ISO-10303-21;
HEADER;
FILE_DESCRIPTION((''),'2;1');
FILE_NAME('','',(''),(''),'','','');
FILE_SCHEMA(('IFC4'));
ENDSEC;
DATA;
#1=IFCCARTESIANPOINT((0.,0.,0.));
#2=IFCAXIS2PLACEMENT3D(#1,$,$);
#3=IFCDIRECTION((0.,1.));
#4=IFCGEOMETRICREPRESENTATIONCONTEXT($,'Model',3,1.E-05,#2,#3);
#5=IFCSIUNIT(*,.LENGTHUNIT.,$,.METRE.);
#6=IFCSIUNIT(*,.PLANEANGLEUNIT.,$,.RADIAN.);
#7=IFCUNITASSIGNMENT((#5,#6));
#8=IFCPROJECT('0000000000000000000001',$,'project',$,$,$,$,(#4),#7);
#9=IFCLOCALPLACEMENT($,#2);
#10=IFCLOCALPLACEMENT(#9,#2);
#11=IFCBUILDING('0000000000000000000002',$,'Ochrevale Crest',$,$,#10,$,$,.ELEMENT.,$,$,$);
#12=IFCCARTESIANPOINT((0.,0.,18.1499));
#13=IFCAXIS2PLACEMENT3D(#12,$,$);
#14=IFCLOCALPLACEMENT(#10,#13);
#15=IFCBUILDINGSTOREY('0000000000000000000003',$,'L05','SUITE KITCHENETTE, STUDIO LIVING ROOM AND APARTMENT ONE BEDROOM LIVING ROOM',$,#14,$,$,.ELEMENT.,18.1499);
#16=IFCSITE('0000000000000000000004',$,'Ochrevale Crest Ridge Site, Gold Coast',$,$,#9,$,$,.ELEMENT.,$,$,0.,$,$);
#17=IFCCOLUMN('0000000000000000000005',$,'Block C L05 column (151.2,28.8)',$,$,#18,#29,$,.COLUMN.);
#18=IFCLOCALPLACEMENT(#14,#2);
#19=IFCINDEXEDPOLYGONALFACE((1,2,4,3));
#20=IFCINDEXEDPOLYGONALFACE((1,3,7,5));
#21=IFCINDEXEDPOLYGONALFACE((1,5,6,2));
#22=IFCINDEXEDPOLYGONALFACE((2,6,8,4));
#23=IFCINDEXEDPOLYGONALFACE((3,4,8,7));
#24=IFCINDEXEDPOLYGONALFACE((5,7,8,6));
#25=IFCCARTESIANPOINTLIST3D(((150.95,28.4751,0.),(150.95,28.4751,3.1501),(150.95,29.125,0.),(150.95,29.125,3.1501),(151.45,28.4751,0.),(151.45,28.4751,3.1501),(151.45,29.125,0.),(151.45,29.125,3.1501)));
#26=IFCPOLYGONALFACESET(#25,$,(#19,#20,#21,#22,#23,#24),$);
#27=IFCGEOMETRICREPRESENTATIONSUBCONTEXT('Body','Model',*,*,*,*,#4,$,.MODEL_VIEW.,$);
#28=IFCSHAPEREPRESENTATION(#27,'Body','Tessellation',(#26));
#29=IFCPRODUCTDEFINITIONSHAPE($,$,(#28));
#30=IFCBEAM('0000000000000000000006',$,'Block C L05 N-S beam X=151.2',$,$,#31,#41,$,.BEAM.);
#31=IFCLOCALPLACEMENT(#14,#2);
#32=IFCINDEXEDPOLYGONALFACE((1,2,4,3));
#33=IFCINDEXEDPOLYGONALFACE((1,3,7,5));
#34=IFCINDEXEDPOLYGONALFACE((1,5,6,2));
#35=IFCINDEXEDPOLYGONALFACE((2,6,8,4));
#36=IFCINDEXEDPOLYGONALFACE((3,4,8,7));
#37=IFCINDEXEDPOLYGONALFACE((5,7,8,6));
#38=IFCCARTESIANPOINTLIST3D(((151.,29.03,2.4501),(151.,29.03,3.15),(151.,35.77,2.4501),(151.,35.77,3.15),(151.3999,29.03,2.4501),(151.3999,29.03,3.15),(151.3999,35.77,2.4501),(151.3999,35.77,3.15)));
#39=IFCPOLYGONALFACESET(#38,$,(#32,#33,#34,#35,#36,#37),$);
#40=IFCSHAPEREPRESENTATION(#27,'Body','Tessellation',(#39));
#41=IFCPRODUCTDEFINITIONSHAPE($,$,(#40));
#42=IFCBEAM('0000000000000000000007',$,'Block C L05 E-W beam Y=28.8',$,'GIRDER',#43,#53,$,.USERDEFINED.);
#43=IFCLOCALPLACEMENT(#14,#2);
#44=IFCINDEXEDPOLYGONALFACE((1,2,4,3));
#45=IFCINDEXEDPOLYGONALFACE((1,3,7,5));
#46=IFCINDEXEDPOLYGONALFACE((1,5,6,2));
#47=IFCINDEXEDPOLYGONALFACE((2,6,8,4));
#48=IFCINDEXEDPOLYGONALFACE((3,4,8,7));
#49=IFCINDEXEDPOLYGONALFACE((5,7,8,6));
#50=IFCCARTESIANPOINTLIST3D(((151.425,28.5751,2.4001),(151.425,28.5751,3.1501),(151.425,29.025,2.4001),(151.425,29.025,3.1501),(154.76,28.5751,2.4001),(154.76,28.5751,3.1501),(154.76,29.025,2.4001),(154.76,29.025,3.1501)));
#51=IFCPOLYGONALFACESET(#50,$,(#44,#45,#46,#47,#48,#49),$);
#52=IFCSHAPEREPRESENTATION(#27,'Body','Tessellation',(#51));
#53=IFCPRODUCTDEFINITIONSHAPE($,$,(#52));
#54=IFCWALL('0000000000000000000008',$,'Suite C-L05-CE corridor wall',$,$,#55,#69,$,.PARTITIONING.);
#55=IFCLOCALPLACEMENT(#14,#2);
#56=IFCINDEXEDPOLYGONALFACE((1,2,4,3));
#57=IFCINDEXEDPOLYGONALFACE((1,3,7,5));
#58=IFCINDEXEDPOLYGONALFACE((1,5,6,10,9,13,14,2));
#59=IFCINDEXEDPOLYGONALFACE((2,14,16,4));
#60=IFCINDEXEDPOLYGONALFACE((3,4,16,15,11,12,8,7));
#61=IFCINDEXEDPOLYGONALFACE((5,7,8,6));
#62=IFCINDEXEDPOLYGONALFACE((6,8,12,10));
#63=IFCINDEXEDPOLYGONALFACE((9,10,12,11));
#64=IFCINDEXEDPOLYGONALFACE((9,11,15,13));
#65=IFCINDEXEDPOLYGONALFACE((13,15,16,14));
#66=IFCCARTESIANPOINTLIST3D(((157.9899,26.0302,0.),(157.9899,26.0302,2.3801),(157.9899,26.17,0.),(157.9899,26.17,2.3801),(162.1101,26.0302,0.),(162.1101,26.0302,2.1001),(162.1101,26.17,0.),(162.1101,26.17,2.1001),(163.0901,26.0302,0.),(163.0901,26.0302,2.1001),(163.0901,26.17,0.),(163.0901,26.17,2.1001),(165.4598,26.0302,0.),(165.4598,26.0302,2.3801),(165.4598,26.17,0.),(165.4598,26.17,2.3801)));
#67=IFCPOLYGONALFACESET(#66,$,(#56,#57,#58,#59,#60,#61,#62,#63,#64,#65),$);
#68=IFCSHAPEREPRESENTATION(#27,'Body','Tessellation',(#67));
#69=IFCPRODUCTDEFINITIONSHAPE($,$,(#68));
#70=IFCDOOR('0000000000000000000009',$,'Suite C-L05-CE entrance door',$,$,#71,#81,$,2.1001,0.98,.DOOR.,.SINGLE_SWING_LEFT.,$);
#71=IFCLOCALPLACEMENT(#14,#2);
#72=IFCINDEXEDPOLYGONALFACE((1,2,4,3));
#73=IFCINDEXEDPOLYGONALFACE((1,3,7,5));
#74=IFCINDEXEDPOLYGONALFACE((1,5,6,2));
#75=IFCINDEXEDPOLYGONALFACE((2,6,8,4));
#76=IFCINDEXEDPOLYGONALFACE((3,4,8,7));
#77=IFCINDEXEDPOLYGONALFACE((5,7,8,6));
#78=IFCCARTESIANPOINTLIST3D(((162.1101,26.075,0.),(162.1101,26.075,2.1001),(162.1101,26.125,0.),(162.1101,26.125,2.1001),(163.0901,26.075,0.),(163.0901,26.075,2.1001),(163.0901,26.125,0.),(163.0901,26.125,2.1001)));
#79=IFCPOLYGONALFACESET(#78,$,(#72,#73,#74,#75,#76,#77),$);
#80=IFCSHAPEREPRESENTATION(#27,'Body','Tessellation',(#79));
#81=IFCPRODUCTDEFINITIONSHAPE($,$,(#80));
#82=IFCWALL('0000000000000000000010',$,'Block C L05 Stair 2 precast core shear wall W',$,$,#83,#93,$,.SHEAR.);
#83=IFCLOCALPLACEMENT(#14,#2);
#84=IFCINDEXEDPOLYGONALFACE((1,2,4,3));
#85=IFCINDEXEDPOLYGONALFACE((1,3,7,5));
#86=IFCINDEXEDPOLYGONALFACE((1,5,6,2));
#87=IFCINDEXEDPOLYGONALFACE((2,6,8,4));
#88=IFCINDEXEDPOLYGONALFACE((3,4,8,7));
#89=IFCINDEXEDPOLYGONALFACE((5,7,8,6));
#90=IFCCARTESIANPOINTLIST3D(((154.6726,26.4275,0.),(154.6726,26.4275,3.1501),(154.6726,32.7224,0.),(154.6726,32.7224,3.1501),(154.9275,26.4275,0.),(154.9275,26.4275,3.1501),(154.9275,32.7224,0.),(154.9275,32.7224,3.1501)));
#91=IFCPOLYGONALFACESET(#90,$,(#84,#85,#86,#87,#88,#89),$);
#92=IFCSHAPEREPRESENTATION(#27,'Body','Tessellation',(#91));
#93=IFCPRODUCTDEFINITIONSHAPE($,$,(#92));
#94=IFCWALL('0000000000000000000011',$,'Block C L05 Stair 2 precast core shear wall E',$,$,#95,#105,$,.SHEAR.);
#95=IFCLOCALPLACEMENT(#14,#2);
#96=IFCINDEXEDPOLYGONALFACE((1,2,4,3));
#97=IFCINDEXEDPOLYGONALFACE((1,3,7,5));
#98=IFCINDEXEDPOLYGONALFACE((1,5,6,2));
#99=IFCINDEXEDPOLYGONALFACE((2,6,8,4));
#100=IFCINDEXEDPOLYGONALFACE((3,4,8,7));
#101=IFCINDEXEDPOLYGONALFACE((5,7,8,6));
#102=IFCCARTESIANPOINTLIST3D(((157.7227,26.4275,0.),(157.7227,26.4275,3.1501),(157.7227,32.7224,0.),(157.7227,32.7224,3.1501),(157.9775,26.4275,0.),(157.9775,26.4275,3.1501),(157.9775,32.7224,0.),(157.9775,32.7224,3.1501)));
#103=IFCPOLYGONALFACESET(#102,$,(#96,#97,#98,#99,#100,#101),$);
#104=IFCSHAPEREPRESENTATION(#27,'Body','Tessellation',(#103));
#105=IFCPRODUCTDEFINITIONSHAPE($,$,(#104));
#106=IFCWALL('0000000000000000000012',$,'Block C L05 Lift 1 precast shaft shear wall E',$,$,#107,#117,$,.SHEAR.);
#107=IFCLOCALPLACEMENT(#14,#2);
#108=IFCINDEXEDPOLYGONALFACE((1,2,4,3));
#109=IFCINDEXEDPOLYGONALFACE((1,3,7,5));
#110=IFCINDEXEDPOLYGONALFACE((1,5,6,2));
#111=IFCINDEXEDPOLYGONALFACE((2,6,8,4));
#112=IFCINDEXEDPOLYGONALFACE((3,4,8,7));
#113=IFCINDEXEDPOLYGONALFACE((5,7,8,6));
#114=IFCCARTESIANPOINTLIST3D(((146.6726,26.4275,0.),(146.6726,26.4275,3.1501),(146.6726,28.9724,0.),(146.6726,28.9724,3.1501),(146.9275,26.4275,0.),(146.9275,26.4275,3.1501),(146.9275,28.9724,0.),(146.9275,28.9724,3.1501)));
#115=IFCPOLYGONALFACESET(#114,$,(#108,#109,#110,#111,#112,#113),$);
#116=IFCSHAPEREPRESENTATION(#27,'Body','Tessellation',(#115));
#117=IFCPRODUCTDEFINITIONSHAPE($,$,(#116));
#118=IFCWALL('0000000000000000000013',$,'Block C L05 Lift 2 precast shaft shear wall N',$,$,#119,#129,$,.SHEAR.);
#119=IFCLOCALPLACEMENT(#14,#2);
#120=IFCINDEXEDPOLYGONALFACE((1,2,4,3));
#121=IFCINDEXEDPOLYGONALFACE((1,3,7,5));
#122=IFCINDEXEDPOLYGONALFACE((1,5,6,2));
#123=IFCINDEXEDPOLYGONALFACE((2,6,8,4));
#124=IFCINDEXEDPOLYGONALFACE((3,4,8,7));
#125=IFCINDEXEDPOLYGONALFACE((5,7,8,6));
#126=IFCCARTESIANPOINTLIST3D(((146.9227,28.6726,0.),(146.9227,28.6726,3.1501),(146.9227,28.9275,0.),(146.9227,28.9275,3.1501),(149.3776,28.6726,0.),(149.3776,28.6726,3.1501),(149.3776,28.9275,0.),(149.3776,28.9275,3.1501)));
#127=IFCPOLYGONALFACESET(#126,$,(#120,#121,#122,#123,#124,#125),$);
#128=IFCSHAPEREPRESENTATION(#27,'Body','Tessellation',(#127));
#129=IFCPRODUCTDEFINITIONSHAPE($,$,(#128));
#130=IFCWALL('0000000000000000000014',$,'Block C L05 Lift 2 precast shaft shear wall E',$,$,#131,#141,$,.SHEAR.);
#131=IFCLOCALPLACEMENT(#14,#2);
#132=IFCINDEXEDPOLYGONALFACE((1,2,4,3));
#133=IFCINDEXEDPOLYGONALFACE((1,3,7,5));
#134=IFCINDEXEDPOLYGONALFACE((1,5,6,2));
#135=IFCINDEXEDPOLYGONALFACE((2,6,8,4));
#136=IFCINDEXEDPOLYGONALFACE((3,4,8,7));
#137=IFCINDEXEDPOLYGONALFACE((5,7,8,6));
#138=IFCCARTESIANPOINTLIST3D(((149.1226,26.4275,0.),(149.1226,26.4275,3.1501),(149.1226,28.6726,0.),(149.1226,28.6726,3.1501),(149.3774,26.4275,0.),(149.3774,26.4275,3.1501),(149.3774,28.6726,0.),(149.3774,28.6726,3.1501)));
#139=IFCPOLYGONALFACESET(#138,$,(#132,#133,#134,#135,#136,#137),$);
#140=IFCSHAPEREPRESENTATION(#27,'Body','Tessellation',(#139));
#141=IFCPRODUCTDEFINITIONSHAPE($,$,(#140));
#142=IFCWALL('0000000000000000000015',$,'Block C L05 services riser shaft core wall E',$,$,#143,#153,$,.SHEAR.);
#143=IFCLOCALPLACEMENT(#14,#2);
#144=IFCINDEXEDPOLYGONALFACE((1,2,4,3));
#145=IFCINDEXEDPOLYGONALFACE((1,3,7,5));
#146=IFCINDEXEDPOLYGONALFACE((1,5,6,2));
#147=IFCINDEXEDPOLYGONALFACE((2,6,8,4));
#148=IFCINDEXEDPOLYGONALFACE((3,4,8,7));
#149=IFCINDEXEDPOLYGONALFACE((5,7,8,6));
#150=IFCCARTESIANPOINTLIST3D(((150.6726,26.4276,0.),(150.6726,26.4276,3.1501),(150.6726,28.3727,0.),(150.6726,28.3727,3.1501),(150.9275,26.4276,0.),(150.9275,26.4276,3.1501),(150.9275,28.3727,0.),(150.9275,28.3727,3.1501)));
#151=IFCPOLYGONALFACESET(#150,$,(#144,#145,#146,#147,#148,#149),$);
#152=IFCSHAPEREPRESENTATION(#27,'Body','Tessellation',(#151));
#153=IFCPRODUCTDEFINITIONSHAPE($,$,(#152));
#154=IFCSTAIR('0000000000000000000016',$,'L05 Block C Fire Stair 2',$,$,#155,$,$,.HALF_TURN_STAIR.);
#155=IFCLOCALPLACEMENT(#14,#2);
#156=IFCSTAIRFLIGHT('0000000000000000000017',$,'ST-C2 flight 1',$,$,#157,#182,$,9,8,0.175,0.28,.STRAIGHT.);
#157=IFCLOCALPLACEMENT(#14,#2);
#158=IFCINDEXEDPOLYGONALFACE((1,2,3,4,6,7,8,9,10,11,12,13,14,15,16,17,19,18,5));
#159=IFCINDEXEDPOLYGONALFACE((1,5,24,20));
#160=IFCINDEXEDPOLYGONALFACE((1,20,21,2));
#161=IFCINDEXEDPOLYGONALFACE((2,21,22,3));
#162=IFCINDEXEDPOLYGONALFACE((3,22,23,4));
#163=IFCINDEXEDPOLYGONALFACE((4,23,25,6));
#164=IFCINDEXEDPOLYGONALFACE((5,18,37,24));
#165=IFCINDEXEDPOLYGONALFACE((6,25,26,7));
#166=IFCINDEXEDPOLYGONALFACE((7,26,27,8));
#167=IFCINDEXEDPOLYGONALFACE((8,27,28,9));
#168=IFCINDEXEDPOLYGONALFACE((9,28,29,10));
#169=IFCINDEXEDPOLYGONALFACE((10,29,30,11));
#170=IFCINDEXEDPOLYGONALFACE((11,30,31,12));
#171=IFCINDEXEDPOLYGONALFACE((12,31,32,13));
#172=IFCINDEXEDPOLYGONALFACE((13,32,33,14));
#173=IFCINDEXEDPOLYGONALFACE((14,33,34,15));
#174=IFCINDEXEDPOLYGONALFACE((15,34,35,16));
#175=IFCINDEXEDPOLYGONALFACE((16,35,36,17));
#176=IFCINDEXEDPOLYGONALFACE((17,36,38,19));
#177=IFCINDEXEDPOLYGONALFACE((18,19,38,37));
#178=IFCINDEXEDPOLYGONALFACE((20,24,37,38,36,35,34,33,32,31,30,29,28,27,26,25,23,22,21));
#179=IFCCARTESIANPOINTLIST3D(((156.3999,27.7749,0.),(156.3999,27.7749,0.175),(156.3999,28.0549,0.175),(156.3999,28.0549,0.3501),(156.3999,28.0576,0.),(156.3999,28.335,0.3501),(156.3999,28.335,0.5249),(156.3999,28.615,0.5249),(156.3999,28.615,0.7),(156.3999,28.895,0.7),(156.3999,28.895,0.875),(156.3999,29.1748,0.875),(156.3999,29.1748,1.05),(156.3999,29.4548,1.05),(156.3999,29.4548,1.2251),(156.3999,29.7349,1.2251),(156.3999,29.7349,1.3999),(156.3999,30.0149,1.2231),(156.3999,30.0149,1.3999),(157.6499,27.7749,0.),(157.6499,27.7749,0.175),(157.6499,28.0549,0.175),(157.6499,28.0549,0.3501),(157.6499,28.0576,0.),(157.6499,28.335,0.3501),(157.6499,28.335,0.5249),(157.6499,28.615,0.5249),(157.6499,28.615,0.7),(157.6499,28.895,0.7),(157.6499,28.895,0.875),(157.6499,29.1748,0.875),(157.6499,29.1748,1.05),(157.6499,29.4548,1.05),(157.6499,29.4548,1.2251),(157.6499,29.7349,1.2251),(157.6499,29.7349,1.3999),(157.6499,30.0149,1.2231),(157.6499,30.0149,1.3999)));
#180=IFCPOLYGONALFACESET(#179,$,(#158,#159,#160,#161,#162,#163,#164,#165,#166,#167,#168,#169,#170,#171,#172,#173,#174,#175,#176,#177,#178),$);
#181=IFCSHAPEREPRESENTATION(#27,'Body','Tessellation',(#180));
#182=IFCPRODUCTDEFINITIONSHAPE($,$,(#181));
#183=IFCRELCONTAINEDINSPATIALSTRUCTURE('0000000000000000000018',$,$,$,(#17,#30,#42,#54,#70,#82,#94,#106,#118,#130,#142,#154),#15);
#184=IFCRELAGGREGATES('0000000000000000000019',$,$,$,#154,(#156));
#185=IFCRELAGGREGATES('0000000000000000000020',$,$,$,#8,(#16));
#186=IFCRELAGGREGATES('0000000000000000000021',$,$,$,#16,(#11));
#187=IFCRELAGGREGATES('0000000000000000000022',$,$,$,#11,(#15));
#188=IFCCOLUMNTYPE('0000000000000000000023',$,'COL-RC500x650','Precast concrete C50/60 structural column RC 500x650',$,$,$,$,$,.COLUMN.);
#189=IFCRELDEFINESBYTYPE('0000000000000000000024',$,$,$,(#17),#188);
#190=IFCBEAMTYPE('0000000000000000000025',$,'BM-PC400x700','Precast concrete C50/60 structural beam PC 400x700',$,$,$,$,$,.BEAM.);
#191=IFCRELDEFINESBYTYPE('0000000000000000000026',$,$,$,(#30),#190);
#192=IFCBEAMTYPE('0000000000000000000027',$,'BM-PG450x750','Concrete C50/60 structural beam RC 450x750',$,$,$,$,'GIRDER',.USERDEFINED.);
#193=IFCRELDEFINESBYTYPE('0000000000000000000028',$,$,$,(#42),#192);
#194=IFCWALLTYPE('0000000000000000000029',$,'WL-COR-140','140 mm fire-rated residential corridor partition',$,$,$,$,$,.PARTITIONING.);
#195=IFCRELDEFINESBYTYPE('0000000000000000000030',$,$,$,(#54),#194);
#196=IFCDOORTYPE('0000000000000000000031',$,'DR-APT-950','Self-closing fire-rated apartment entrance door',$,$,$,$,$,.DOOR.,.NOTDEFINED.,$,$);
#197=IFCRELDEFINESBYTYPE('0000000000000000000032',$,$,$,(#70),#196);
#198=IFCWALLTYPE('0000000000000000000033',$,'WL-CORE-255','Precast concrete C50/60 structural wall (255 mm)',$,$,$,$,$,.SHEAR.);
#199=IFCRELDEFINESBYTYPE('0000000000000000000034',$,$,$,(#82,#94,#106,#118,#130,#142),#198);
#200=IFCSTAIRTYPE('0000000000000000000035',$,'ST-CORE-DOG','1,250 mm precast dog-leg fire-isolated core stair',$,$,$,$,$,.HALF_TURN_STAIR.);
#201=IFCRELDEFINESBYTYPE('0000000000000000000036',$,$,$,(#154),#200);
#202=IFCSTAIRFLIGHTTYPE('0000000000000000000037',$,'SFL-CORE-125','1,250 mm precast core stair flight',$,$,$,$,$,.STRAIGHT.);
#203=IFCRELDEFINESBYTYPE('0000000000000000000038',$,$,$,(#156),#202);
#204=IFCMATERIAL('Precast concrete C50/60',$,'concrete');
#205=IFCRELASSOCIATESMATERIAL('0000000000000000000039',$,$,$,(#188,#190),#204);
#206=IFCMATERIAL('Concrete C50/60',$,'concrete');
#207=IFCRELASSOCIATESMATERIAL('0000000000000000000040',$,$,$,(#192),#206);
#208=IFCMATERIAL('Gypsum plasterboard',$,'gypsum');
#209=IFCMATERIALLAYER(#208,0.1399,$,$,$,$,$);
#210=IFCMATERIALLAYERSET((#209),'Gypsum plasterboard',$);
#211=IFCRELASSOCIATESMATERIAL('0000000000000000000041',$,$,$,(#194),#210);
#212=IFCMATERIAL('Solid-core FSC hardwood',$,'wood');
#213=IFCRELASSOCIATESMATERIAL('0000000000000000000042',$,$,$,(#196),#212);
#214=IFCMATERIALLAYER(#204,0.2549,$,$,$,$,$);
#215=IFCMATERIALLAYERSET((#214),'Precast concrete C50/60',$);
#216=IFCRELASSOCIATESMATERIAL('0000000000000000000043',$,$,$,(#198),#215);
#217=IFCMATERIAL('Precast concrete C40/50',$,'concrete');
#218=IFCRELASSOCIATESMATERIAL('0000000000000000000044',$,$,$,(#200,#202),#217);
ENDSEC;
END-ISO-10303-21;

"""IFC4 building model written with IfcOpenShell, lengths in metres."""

from ifc_helpers import new_model, si_unit, direction, frame, frame_2d, origin, origin_2d, place, context, subcontext, project, spatial, polyline, rectangle, outline, extrude, material, layer, layer_set, material_profile, profile_set, type_object, element, fill, aggregate, save


model = new_model("IFC4")

# Units and contexts
model_context = context("Model", 3, precision=1e-05, world=origin(), true_north=direction((0.0, 1.0)))
body_context = subcontext(model_context, "Body", "Model", "MODEL_VIEW")
ifc_project = project(units=[si_unit("LENGTHUNIT", "METRE"), si_unit("PLANEANGLEUNIT", "RADIAN")], contexts=[model_context])

# Site, building, storey
site_placement = place(None, origin())
site = spatial("IfcSite", under=ifc_project, at=site_placement, Name="Ochrevale Crest Ridge Site, Gold Coast", CompositionType="ELEMENT", RefElevation=0.0)
building_placement = place(site_placement, origin())
building = spatial("IfcBuilding", under=site, at=building_placement, Name="Ochrevale Crest", CompositionType="ELEMENT")
storey_placement = place(building_placement, frame((0.0, 0.0, 18.1499)))
storey = spatial("IfcBuildingStorey", under=building, at=storey_placement, Name="L05", Description="SUITE KITCHENETTE, STUDIO LIVING ROOM AND APARTMENT ONE BEDROOM LIVING ROOM", CompositionType="ELEMENT", Elevation=18.1499)

# Column
ifc_material_1 = material(Name="Precast concrete C50/60", Category="concrete")
ifc_material_profile_1 = material_profile(ifc_material_1, rectangle(XDim=0.5, YDim=0.6499, at=origin_2d()), Name="RC 500x650")
ifc_profile_set_1 = profile_set([ifc_material_profile_1], Name="Precast concrete C50/60")
column_type = type_object("IfcColumnType", Name="COL-RC500x650", Description="Precast concrete C50/60 structural column RC 500x650", PredefinedType="COLUMN", material=ifc_profile_set_1)
column_placement = place(storey_placement, frame((151.2, 28.8, 0.0), z_axis=(0.0, 0.0, 1.0), x_axis=(1.0, 0.0, 0.0)))
element("IfcColumn", 1, at=column_placement, inside=storey, type_object=column_type, Name="Block C L05 column (151.2,28.8)", PredefinedType="COLUMN", context=body_context, shape_type="SweptSolid", body=[
    extrude(rectangle(XDim=0.5, YDim=0.6499, at=origin_2d()), origin(), (0.0, 0.0, 1.0), 3.1501),
])

# Beams
ifc_material_profile_2 = material_profile(ifc_material_1, rectangle(XDim=0.3999, YDim=0.7, at=origin_2d()), Name="PC 400x700")
ifc_profile_set_2 = profile_set([ifc_material_profile_2], Name="Precast concrete C50/60")
beam_type_1 = type_object("IfcBeamType", Name="BM-PC400x700", Description="Precast concrete C50/60 structural beam PC 400x700", PredefinedType="BEAM", material=ifc_profile_set_2)
beam_1_placement = place(storey_placement, frame((151.2, 29.03, 2.8), z_axis=(0.0, 1.0, 0.0), x_axis=(-1.0, 0.0, 0.0)))
element("IfcBeam", 2, at=beam_1_placement, inside=storey, type_object=beam_type_1, Name="Block C L05 N-S beam X=151.2", PredefinedType="BEAM", context=body_context, shape_type="SweptSolid", body=[
    extrude(rectangle(XDim=0.3999, YDim=0.7, at=origin_2d()), origin(), (0.0, 0.0, 1.0), 6.74),
])
ifc_material_2 = material(Name="Concrete C50/60", Category="concrete")
ifc_material_profile_3 = material_profile(ifc_material_2, rectangle(XDim=0.45, YDim=0.75, at=origin_2d()), Name="RC 450x750")
ifc_profile_set_3 = profile_set([ifc_material_profile_3], Name="Concrete C50/60")
beam_type_2 = type_object("IfcBeamType", Name="BM-PG450x750", Description="Concrete C50/60 structural beam RC 450x750", ElementType="GIRDER", PredefinedType="USERDEFINED", material=ifc_profile_set_3)
beam_2_placement = place(storey_placement, frame((151.425, 28.8, 2.7751), z_axis=(1.0, 0.0, 0.0), x_axis=(0.0, 1.0, 0.0)))
element("IfcBeam", 3, at=beam_2_placement, inside=storey, type_object=beam_type_2, Name="Block C L05 E-W beam Y=28.8", ObjectType="GIRDER", PredefinedType="USERDEFINED", context=body_context, shape_type="SweptSolid", body=[
    extrude(rectangle(XDim=0.45, YDim=0.75, at=origin_2d()), origin(), (0.0, 0.0, 1.0), 3.335),
])

# Wall, opening, door
ifc_material_3 = material(Name="Gypsum plasterboard", Category="gypsum")
ifc_layer_1 = layer(ifc_material_3, 0.1399)
ifc_layer_set_1 = layer_set([ifc_layer_1], Name="Gypsum plasterboard")
wall_type_1 = type_object("IfcWallType", Name="WL-COR-140", Description="140 mm fire-rated residential corridor partition", PredefinedType="PARTITIONING", material=ifc_layer_set_1)
wall_1_placement = place(storey_placement, frame((157.99, 26.1001, 0.0), z_axis=(0.0, 0.0, 1.0), x_axis=(1.0, 0.0, 0.0)))
wall_1 = element("IfcWall", 4, at=wall_1_placement, inside=storey, type_object=wall_type_1, Name="Suite C-L05-CE corridor wall", PredefinedType="PARTITIONING", context=body_context, shape_type="SweptSolid", body=[
    extrude(rectangle(XDim=7.47, YDim=0.1399, at=frame_2d((3.7349, 0.0))), origin(), (0.0, 0.0, 1.0), 2.3801),
])
opening_1_placement = place(wall_1_placement, frame((4.1201, 0.0, 0.0)))
opening_1 = element("IfcOpeningElement", 5, at=opening_1_placement, cuts=wall_1, PredefinedType="OPENING", context=body_context, shape_type="SweptSolid", body=[
    extrude(rectangle(XDim=0.98, YDim=2.1001, at=frame_2d((0.49, 1.05))), frame((0.0, 0.0801, 0.0), z_axis=(0.0, -1.0, 0.0), x_axis=(1.0, 0.0, 0.0)), (0.0, 0.0, 1.0), 0.1599),
])
ifc_material_4 = material(Name="Solid-core FSC hardwood", Category="wood")
door_type_1 = type_object("IfcDoorType", Name="DR-APT-950", Description="Self-closing fire-rated apartment entrance door", OperationType="NOTDEFINED", PredefinedType="DOOR", material=ifc_material_4)
door_1_placement = place(opening_1_placement, origin())
door_1 = element("IfcDoor", 6, at=door_1_placement, inside=storey, type_object=door_type_1, Name="Suite C-L05-CE entrance door", OperationType="SINGLE_SWING_LEFT", OverallHeight=2.1001, OverallWidth=0.98, PredefinedType="DOOR", context=body_context, shape_type="SweptSolid", body=[
    extrude(rectangle(XDim=0.98, YDim=2.1001, at=frame_2d((0.49, 1.05))), frame((0.0, 0.0249, 0.0), z_axis=(0.0, -1.0, 0.0), x_axis=(1.0, 0.0, 0.0)), (0.0, 0.0, 1.0), 0.05),
])
fill(opening_1, door_1)
ifc_layer_2 = layer(ifc_material_1, 0.2549)
ifc_layer_set_2 = layer_set([ifc_layer_2], Name="Precast concrete C50/60")
wall_type_2 = type_object("IfcWallType", Name="WL-CORE-255", Description="Precast concrete C50/60 structural wall (255 mm)", PredefinedType="SHEAR", material=ifc_layer_set_2)

# Walls
for number, where, z_axis, x_axis, name in (
    (7, (154.8, 26.4275, 0.0), (0.0, 0.0, 1.0), (0.0, 1.0, 0.0), "Block C L05 Stair 2 precast core shear wall W"),
    (8, (157.8501, 26.4275, 0.0), (0.0, 0.0, 1.0), (0.0, 1.0, 0.0), "Block C L05 Stair 2 precast core shear wall E"),
):
    element("IfcWall", number, at=place(storey_placement, frame(where, z_axis=z_axis, x_axis=x_axis)), inside=storey, type_object=wall_type_2, Name=name, PredefinedType="SHEAR", context=body_context, shape_type="SweptSolid", body=[
        extrude(rectangle(XDim=6.2949, YDim=0.2549, at=frame_2d((3.1475, 0.0))), origin(), (0.0, 0.0, 1.0), 3.1501),
    ])
wall_2_placement = place(storey_placement, frame((146.8, 26.4275, 0.0), z_axis=(0.0, 0.0, 1.0), x_axis=(0.0, 1.0, 0.0)))
element("IfcWall", 9, at=wall_2_placement, inside=storey, type_object=wall_type_2, Name="Block C L05 Lift 1 precast shaft shear wall E", PredefinedType="SHEAR", context=body_context, shape_type="SweptSolid", body=[
    extrude(rectangle(XDim=2.5449, YDim=0.2549, at=frame_2d((1.2725, 0.0))), origin(), (0.0, 0.0, 1.0), 3.1501),
])

# Walls
wall_3_placement = place(storey_placement, frame((146.9226, 28.8, 0.0), z_axis=(0.0, 0.0, 1.0), x_axis=(1.0, 0.0, 0.0)))
element("IfcWall", 10, at=wall_3_placement, inside=storey, type_object=wall_type_2, Name="Block C L05 Lift 2 precast shaft shear wall N", PredefinedType="SHEAR", context=body_context, shape_type="SweptSolid", body=[
    extrude(rectangle(XDim=2.4548, YDim=0.2549, at=frame_2d((1.2275, 0.0))), origin(), (0.0, 0.0, 1.0), 3.1501),
])
wall_4_placement = place(storey_placement, frame((149.25, 26.4275, 0.0), z_axis=(0.0, 0.0, 1.0), x_axis=(0.0, 1.0, 0.0)))
element("IfcWall", 11, at=wall_4_placement, inside=storey, type_object=wall_type_2, Name="Block C L05 Lift 2 precast shaft shear wall E", PredefinedType="SHEAR", context=body_context, shape_type="SweptSolid", body=[
    extrude(rectangle(XDim=2.2451, YDim=0.2549, at=frame_2d((1.1226, 0.0))), origin(), (0.0, 0.0, 1.0), 3.1501),
])
wall_5_placement = place(storey_placement, frame((150.8, 26.4275, 0.0), z_axis=(0.0, 0.0, 1.0), x_axis=(0.0, 1.0, 0.0)))
element("IfcWall", 12, at=wall_5_placement, inside=storey, type_object=wall_type_2, Name="Block C L05 services riser shaft core wall E", PredefinedType="SHEAR", context=body_context, shape_type="SweptSolid", body=[
    extrude(rectangle(XDim=1.9451, YDim=0.2549, at=frame_2d((0.9727, 0.0))), origin(), (0.0, 0.0, 1.0), 3.1501),
])

# Stair, stair flight
ifc_material_5 = material(Name="Precast concrete C40/50", Category="concrete")
stair_type = type_object("IfcStairType", Name="ST-CORE-DOG", Description="1,250 mm precast dog-leg fire-isolated core stair", PredefinedType="HALF_TURN_STAIR", material=ifc_material_5)
stair_placement = place(storey_placement, origin())
stair = element("IfcStair", 13, at=stair_placement, inside=storey, type_object=stair_type, Name="L05 Block C Fire Stair 2", PredefinedType="HALF_TURN_STAIR")
stair_flight_type = type_object("IfcStairFlightType", Name="SFL-CORE-125", Description="1,250 mm precast core stair flight", PredefinedType="STRAIGHT", material=ifc_material_5)
stair_flight_1_placement = place(storey_placement, frame((157.0249, 27.7749, 0.0), z_axis=(0.0, 0.0, 1.0), x_axis=(0.0, 1.0, 0.0)))
stair_flight_1 = element("IfcStairFlight", 14, at=stair_flight_1_placement, type_object=stair_flight_type, Name="ST-C2 flight 1", NumberOfRisers=9, NumberOfTreads=8, PredefinedType="STRAIGHT", RiserHeight=0.175, TreadLength=0.28, context=body_context, shape_type="SweptSolid", body=[
    extrude(outline(polyline([(0.0, 0.0), (0.0, 0.175), (0.28, 0.175), (0.28, 0.3501), (0.5601, 0.3501), (0.5601, 0.5249), (0.8401, 0.5249), (0.8401, 0.7), (1.1201, 0.7), (1.1201, 0.875), (1.3999, 0.875), (1.3999, 1.05), (1.6799, 1.05), (1.6799, 1.2251), (1.96, 1.2251), (1.96, 1.3999), (2.24, 1.3999), (2.24, 1.575), (2.24, 1.2231), (0.2827, 0.0), (0.0, 0.0)])), frame((0.0, 0.625, 0.0), z_axis=(0.0, -1.0, 0.0), x_axis=(1.0, 0.0, 0.0)), (0.0, 0.0, 1.0), 1.25),
])
aggregate(stair, [stair_flight_1])

save(model, "model.ifc")
